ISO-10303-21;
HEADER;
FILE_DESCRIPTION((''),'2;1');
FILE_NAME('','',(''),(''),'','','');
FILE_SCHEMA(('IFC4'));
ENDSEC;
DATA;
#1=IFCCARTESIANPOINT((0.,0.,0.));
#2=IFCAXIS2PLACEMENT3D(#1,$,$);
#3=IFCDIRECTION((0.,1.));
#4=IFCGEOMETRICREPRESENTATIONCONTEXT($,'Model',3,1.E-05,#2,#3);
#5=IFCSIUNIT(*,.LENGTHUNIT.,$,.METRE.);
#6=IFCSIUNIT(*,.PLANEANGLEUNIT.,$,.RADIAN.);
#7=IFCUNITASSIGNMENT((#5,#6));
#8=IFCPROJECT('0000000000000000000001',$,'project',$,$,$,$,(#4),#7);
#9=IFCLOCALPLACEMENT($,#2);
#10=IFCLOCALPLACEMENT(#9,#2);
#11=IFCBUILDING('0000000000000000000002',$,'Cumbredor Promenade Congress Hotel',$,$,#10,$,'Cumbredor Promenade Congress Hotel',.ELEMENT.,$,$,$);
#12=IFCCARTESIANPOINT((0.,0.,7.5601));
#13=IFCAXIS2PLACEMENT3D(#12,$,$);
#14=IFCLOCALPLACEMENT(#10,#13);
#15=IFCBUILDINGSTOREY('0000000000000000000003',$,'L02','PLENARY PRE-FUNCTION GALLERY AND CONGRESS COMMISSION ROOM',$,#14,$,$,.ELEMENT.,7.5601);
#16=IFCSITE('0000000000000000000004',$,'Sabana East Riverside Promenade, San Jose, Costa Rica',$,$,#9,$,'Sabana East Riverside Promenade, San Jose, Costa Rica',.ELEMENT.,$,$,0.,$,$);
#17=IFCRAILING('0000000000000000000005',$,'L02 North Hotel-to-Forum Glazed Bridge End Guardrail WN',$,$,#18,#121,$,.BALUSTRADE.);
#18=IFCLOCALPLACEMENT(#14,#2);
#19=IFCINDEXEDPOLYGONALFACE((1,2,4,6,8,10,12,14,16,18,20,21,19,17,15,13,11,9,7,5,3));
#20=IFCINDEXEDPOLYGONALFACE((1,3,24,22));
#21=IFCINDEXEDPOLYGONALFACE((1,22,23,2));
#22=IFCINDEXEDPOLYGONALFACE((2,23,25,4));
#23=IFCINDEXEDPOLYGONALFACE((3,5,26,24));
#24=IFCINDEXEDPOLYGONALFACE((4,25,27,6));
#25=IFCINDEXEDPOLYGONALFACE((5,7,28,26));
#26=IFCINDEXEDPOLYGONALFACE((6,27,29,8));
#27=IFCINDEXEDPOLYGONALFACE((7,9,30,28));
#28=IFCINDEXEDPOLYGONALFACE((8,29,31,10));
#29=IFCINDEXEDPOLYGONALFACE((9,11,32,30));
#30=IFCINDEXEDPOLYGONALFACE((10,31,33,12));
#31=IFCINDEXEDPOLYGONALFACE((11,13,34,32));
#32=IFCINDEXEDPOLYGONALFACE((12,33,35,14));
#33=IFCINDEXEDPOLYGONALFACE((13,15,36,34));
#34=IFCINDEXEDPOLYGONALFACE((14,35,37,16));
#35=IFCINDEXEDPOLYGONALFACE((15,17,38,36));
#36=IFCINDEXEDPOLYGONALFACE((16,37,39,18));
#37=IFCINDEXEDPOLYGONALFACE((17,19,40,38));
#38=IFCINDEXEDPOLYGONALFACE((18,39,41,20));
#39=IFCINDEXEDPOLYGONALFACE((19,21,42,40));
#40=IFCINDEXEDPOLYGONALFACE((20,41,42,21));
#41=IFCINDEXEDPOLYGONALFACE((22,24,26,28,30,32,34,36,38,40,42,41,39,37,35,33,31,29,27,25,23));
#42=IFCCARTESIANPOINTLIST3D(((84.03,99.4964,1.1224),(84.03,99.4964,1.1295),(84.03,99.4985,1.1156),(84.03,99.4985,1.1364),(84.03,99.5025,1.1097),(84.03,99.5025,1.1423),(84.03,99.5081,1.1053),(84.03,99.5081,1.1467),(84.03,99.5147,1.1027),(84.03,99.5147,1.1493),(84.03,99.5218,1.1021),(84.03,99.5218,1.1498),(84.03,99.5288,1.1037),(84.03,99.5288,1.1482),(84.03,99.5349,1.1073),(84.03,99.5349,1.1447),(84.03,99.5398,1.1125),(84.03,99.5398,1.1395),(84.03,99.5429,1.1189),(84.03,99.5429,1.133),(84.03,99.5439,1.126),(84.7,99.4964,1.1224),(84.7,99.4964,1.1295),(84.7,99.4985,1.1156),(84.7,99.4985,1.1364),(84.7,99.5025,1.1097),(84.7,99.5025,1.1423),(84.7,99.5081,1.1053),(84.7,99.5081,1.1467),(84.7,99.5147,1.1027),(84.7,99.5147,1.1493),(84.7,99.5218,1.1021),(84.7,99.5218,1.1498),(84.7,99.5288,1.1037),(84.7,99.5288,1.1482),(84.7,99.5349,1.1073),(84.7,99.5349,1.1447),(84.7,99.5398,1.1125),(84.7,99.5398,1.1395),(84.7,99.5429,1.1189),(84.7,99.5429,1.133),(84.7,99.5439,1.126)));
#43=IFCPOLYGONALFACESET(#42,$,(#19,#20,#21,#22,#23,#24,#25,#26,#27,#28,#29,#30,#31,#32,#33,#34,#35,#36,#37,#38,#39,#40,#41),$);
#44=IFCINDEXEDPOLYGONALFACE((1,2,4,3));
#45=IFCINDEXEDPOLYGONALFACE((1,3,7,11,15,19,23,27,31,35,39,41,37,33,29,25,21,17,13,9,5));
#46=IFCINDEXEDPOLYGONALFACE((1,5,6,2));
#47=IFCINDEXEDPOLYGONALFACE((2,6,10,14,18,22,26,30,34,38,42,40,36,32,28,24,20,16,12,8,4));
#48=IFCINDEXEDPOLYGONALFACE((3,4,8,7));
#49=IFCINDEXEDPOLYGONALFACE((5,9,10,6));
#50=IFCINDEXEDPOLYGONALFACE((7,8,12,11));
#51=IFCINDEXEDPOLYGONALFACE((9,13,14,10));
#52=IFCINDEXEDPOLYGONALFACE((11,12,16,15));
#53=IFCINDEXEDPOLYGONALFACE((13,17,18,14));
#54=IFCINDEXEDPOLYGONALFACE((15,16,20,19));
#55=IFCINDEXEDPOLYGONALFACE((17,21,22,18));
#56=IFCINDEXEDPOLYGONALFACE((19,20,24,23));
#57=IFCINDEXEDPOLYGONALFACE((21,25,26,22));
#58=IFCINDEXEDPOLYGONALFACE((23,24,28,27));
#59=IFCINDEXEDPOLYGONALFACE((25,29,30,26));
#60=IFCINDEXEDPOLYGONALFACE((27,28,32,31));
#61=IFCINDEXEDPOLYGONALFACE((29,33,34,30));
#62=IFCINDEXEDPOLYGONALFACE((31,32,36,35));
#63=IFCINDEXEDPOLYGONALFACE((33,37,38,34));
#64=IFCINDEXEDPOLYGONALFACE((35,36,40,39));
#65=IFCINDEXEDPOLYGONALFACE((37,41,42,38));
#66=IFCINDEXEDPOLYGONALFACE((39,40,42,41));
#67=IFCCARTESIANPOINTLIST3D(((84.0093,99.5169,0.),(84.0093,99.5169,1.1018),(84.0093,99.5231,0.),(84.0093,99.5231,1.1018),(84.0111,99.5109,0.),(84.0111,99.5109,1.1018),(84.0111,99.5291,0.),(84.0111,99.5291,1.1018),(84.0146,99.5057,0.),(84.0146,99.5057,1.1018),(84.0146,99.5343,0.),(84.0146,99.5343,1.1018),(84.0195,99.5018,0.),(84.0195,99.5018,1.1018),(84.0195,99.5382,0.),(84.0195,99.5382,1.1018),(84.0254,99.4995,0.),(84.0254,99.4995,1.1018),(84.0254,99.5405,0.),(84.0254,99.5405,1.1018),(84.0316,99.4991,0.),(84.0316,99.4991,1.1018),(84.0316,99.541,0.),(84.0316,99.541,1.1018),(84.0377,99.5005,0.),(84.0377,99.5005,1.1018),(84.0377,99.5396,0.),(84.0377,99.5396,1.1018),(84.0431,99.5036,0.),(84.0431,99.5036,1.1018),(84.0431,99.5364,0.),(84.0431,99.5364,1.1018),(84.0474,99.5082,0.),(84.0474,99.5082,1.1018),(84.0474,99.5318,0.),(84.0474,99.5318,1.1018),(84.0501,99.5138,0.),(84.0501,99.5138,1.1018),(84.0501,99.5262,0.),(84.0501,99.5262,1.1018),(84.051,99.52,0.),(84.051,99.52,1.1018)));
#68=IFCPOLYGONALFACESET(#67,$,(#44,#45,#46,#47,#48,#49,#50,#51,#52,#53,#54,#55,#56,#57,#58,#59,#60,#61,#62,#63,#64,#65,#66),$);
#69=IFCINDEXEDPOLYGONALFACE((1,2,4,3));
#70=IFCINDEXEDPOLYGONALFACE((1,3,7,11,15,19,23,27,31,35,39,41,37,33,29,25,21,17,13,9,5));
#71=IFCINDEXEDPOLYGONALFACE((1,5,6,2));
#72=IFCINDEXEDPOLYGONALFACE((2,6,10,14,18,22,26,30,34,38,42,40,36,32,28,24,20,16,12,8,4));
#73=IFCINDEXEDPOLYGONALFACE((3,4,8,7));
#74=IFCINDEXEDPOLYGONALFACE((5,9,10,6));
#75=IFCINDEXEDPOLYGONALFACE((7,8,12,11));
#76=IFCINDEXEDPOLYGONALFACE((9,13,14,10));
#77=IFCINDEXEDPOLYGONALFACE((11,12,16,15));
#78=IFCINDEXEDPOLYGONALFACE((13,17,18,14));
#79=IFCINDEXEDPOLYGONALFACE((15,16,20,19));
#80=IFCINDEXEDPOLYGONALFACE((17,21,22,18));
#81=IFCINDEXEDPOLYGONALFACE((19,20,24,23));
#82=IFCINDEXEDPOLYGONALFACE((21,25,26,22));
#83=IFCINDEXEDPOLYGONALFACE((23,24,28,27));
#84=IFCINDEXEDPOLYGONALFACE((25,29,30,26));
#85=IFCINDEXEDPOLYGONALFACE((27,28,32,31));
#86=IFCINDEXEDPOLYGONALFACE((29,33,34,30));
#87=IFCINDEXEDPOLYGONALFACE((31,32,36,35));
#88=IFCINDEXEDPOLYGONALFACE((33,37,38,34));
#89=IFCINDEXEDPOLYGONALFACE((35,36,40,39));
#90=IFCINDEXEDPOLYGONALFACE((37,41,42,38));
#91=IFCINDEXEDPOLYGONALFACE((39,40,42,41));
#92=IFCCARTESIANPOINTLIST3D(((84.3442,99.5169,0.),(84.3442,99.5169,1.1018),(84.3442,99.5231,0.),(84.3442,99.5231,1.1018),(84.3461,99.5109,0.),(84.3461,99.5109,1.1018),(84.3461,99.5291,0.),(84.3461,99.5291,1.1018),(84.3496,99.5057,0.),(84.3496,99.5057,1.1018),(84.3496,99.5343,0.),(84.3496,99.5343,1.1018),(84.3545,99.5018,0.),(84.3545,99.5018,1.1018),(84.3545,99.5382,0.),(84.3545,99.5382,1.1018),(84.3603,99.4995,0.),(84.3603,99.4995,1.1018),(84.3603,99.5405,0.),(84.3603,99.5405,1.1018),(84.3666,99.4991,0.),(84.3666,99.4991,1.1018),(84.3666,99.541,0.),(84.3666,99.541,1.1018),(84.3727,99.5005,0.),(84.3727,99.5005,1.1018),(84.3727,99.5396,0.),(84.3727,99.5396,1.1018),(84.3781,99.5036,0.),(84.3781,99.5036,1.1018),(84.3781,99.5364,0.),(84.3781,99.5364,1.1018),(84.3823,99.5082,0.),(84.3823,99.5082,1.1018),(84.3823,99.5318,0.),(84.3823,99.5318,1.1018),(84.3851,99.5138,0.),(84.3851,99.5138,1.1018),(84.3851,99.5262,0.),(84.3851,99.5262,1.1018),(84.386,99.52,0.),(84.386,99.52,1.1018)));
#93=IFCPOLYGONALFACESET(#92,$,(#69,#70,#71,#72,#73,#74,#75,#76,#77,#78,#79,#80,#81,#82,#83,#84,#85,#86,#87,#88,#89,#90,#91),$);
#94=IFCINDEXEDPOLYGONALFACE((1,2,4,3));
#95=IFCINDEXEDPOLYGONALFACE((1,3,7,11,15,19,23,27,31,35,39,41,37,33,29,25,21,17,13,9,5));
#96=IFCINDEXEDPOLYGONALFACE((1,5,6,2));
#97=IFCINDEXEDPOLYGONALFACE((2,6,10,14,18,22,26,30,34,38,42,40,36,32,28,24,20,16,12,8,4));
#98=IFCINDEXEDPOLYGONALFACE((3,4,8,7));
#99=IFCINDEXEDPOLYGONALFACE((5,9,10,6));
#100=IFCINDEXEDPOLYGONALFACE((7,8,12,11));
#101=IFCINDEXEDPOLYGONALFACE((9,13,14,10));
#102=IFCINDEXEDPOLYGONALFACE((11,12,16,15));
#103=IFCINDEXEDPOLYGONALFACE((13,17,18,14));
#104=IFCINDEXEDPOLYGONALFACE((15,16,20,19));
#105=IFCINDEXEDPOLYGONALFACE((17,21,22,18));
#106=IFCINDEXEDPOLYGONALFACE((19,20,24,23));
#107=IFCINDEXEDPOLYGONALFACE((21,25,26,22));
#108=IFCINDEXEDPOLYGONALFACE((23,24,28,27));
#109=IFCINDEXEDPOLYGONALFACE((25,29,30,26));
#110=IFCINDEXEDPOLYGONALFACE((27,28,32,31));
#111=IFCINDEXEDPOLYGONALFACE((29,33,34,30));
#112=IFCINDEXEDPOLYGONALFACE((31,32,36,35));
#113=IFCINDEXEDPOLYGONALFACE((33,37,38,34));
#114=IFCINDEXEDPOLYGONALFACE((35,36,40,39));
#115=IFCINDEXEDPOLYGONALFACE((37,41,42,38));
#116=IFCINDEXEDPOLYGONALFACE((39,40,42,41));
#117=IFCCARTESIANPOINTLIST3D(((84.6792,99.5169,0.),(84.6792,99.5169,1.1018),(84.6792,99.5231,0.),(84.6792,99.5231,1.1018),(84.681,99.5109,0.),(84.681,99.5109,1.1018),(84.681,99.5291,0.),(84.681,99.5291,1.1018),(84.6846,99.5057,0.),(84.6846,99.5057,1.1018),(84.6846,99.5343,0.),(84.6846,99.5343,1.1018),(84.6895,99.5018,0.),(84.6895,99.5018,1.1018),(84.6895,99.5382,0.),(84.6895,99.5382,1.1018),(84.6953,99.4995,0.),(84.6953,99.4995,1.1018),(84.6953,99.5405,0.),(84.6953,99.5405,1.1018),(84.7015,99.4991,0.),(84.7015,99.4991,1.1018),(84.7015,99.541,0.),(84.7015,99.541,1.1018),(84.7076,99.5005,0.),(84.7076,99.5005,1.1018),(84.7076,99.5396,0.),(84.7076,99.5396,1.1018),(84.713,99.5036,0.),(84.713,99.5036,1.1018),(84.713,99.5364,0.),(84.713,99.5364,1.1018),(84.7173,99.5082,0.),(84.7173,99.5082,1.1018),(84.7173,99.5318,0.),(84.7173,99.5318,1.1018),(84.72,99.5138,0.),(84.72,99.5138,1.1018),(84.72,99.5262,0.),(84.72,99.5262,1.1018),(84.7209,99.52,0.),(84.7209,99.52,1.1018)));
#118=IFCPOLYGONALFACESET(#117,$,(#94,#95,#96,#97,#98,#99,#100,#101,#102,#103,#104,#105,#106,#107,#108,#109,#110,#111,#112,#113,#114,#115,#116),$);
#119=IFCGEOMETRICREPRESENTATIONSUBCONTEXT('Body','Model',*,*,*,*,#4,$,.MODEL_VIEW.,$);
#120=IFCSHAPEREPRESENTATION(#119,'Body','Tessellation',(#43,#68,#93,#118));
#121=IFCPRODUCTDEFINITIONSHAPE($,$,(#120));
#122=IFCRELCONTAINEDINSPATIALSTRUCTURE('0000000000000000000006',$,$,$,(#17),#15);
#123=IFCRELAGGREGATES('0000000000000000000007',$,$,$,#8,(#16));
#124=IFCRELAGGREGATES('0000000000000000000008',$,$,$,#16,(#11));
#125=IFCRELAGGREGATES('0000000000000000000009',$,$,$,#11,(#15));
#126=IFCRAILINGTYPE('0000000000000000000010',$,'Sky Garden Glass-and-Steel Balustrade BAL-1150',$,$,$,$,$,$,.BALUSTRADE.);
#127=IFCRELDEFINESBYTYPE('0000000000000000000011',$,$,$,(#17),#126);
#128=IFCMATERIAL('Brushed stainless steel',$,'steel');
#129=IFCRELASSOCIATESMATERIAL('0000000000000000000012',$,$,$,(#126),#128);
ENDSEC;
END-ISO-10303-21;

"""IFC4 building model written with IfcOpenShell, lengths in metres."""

from ifc_helpers import new_model, si_unit, direction, frame, origin, origin_2d, place, context, subcontext, project, spatial, circle, extrude, material, type_object, element, save


model = new_model("IFC4")

# Units and contexts
model_context = context("Model", 3, precision=1e-05, world=origin(), true_north=direction((0.0, 1.0)))
body_context = subcontext(model_context, "Body", "Model", "MODEL_VIEW")
ifc_project = project(units=[si_unit("LENGTHUNIT", "METRE"), si_unit("PLANEANGLEUNIT", "RADIAN")], contexts=[model_context])

# Site, building, storey
site_placement = place(None, origin())
site = spatial("IfcSite", under=ifc_project, at=site_placement, Name="Sabana East Riverside Promenade, San Jose, Costa Rica", LongName="Sabana East Riverside Promenade, San Jose, Costa Rica", CompositionType="ELEMENT", RefElevation=0.0)
building_placement = place(site_placement, origin())
building = spatial("IfcBuilding", under=site, at=building_placement, Name="Cumbredor Promenade Congress Hotel", LongName="Cumbredor Promenade Congress Hotel", CompositionType="ELEMENT")
storey_placement = place(building_placement, frame((0.0, 0.0, 7.5601)))
storey = spatial("IfcBuildingStorey", under=building, at=storey_placement, Name="L02", Description="PLENARY PRE-FUNCTION GALLERY AND CONGRESS COMMISSION ROOM", CompositionType="ELEMENT", Elevation=7.5601)

# Railing
ifc_material_1 = material(Name="Brushed stainless steel", Category="steel")
railing_type = type_object("IfcRailingType", Name="Sky Garden Glass-and-Steel Balustrade BAL-1150", PredefinedType="BALUSTRADE", material=ifc_material_1)
for number, where, name in (
    (1, (84.03, 99.52, 0.0), "L02 North Hotel-to-Forum Glazed Bridge End Guardrail WN"),
):
    element("IfcRailing", number, at=place(storey_placement, frame(where)), inside=storey, type_object=railing_type, Name=name, PredefinedType="BALUSTRADE", context=body_context, shape_type="SweptSolid", body=[
        extrude(circle(Radius=0.0239, at=origin_2d()), frame((0.0, 0.0, 1.126), z_axis=(1.0, 0.0, 0.0), x_axis=(0.0, 1.0, 0.0)), (0.0, 0.0, 1.0), 0.6699),
        extrude(circle(Radius=0.021, at=origin_2d()), origin(), (0.0, 0.0, 1.0), 1.1018),
        extrude(circle(Radius=0.021, at=origin_2d()), frame((0.335, 0.0, 0.0)), (0.0, 0.0, 1.0), 1.1018),
        extrude(circle(Radius=0.021, at=origin_2d()), frame((0.6699, 0.0, 0.0)), (0.0, 0.0, 1.0), 1.1018),
    ])

save(model, "model.ifc")
